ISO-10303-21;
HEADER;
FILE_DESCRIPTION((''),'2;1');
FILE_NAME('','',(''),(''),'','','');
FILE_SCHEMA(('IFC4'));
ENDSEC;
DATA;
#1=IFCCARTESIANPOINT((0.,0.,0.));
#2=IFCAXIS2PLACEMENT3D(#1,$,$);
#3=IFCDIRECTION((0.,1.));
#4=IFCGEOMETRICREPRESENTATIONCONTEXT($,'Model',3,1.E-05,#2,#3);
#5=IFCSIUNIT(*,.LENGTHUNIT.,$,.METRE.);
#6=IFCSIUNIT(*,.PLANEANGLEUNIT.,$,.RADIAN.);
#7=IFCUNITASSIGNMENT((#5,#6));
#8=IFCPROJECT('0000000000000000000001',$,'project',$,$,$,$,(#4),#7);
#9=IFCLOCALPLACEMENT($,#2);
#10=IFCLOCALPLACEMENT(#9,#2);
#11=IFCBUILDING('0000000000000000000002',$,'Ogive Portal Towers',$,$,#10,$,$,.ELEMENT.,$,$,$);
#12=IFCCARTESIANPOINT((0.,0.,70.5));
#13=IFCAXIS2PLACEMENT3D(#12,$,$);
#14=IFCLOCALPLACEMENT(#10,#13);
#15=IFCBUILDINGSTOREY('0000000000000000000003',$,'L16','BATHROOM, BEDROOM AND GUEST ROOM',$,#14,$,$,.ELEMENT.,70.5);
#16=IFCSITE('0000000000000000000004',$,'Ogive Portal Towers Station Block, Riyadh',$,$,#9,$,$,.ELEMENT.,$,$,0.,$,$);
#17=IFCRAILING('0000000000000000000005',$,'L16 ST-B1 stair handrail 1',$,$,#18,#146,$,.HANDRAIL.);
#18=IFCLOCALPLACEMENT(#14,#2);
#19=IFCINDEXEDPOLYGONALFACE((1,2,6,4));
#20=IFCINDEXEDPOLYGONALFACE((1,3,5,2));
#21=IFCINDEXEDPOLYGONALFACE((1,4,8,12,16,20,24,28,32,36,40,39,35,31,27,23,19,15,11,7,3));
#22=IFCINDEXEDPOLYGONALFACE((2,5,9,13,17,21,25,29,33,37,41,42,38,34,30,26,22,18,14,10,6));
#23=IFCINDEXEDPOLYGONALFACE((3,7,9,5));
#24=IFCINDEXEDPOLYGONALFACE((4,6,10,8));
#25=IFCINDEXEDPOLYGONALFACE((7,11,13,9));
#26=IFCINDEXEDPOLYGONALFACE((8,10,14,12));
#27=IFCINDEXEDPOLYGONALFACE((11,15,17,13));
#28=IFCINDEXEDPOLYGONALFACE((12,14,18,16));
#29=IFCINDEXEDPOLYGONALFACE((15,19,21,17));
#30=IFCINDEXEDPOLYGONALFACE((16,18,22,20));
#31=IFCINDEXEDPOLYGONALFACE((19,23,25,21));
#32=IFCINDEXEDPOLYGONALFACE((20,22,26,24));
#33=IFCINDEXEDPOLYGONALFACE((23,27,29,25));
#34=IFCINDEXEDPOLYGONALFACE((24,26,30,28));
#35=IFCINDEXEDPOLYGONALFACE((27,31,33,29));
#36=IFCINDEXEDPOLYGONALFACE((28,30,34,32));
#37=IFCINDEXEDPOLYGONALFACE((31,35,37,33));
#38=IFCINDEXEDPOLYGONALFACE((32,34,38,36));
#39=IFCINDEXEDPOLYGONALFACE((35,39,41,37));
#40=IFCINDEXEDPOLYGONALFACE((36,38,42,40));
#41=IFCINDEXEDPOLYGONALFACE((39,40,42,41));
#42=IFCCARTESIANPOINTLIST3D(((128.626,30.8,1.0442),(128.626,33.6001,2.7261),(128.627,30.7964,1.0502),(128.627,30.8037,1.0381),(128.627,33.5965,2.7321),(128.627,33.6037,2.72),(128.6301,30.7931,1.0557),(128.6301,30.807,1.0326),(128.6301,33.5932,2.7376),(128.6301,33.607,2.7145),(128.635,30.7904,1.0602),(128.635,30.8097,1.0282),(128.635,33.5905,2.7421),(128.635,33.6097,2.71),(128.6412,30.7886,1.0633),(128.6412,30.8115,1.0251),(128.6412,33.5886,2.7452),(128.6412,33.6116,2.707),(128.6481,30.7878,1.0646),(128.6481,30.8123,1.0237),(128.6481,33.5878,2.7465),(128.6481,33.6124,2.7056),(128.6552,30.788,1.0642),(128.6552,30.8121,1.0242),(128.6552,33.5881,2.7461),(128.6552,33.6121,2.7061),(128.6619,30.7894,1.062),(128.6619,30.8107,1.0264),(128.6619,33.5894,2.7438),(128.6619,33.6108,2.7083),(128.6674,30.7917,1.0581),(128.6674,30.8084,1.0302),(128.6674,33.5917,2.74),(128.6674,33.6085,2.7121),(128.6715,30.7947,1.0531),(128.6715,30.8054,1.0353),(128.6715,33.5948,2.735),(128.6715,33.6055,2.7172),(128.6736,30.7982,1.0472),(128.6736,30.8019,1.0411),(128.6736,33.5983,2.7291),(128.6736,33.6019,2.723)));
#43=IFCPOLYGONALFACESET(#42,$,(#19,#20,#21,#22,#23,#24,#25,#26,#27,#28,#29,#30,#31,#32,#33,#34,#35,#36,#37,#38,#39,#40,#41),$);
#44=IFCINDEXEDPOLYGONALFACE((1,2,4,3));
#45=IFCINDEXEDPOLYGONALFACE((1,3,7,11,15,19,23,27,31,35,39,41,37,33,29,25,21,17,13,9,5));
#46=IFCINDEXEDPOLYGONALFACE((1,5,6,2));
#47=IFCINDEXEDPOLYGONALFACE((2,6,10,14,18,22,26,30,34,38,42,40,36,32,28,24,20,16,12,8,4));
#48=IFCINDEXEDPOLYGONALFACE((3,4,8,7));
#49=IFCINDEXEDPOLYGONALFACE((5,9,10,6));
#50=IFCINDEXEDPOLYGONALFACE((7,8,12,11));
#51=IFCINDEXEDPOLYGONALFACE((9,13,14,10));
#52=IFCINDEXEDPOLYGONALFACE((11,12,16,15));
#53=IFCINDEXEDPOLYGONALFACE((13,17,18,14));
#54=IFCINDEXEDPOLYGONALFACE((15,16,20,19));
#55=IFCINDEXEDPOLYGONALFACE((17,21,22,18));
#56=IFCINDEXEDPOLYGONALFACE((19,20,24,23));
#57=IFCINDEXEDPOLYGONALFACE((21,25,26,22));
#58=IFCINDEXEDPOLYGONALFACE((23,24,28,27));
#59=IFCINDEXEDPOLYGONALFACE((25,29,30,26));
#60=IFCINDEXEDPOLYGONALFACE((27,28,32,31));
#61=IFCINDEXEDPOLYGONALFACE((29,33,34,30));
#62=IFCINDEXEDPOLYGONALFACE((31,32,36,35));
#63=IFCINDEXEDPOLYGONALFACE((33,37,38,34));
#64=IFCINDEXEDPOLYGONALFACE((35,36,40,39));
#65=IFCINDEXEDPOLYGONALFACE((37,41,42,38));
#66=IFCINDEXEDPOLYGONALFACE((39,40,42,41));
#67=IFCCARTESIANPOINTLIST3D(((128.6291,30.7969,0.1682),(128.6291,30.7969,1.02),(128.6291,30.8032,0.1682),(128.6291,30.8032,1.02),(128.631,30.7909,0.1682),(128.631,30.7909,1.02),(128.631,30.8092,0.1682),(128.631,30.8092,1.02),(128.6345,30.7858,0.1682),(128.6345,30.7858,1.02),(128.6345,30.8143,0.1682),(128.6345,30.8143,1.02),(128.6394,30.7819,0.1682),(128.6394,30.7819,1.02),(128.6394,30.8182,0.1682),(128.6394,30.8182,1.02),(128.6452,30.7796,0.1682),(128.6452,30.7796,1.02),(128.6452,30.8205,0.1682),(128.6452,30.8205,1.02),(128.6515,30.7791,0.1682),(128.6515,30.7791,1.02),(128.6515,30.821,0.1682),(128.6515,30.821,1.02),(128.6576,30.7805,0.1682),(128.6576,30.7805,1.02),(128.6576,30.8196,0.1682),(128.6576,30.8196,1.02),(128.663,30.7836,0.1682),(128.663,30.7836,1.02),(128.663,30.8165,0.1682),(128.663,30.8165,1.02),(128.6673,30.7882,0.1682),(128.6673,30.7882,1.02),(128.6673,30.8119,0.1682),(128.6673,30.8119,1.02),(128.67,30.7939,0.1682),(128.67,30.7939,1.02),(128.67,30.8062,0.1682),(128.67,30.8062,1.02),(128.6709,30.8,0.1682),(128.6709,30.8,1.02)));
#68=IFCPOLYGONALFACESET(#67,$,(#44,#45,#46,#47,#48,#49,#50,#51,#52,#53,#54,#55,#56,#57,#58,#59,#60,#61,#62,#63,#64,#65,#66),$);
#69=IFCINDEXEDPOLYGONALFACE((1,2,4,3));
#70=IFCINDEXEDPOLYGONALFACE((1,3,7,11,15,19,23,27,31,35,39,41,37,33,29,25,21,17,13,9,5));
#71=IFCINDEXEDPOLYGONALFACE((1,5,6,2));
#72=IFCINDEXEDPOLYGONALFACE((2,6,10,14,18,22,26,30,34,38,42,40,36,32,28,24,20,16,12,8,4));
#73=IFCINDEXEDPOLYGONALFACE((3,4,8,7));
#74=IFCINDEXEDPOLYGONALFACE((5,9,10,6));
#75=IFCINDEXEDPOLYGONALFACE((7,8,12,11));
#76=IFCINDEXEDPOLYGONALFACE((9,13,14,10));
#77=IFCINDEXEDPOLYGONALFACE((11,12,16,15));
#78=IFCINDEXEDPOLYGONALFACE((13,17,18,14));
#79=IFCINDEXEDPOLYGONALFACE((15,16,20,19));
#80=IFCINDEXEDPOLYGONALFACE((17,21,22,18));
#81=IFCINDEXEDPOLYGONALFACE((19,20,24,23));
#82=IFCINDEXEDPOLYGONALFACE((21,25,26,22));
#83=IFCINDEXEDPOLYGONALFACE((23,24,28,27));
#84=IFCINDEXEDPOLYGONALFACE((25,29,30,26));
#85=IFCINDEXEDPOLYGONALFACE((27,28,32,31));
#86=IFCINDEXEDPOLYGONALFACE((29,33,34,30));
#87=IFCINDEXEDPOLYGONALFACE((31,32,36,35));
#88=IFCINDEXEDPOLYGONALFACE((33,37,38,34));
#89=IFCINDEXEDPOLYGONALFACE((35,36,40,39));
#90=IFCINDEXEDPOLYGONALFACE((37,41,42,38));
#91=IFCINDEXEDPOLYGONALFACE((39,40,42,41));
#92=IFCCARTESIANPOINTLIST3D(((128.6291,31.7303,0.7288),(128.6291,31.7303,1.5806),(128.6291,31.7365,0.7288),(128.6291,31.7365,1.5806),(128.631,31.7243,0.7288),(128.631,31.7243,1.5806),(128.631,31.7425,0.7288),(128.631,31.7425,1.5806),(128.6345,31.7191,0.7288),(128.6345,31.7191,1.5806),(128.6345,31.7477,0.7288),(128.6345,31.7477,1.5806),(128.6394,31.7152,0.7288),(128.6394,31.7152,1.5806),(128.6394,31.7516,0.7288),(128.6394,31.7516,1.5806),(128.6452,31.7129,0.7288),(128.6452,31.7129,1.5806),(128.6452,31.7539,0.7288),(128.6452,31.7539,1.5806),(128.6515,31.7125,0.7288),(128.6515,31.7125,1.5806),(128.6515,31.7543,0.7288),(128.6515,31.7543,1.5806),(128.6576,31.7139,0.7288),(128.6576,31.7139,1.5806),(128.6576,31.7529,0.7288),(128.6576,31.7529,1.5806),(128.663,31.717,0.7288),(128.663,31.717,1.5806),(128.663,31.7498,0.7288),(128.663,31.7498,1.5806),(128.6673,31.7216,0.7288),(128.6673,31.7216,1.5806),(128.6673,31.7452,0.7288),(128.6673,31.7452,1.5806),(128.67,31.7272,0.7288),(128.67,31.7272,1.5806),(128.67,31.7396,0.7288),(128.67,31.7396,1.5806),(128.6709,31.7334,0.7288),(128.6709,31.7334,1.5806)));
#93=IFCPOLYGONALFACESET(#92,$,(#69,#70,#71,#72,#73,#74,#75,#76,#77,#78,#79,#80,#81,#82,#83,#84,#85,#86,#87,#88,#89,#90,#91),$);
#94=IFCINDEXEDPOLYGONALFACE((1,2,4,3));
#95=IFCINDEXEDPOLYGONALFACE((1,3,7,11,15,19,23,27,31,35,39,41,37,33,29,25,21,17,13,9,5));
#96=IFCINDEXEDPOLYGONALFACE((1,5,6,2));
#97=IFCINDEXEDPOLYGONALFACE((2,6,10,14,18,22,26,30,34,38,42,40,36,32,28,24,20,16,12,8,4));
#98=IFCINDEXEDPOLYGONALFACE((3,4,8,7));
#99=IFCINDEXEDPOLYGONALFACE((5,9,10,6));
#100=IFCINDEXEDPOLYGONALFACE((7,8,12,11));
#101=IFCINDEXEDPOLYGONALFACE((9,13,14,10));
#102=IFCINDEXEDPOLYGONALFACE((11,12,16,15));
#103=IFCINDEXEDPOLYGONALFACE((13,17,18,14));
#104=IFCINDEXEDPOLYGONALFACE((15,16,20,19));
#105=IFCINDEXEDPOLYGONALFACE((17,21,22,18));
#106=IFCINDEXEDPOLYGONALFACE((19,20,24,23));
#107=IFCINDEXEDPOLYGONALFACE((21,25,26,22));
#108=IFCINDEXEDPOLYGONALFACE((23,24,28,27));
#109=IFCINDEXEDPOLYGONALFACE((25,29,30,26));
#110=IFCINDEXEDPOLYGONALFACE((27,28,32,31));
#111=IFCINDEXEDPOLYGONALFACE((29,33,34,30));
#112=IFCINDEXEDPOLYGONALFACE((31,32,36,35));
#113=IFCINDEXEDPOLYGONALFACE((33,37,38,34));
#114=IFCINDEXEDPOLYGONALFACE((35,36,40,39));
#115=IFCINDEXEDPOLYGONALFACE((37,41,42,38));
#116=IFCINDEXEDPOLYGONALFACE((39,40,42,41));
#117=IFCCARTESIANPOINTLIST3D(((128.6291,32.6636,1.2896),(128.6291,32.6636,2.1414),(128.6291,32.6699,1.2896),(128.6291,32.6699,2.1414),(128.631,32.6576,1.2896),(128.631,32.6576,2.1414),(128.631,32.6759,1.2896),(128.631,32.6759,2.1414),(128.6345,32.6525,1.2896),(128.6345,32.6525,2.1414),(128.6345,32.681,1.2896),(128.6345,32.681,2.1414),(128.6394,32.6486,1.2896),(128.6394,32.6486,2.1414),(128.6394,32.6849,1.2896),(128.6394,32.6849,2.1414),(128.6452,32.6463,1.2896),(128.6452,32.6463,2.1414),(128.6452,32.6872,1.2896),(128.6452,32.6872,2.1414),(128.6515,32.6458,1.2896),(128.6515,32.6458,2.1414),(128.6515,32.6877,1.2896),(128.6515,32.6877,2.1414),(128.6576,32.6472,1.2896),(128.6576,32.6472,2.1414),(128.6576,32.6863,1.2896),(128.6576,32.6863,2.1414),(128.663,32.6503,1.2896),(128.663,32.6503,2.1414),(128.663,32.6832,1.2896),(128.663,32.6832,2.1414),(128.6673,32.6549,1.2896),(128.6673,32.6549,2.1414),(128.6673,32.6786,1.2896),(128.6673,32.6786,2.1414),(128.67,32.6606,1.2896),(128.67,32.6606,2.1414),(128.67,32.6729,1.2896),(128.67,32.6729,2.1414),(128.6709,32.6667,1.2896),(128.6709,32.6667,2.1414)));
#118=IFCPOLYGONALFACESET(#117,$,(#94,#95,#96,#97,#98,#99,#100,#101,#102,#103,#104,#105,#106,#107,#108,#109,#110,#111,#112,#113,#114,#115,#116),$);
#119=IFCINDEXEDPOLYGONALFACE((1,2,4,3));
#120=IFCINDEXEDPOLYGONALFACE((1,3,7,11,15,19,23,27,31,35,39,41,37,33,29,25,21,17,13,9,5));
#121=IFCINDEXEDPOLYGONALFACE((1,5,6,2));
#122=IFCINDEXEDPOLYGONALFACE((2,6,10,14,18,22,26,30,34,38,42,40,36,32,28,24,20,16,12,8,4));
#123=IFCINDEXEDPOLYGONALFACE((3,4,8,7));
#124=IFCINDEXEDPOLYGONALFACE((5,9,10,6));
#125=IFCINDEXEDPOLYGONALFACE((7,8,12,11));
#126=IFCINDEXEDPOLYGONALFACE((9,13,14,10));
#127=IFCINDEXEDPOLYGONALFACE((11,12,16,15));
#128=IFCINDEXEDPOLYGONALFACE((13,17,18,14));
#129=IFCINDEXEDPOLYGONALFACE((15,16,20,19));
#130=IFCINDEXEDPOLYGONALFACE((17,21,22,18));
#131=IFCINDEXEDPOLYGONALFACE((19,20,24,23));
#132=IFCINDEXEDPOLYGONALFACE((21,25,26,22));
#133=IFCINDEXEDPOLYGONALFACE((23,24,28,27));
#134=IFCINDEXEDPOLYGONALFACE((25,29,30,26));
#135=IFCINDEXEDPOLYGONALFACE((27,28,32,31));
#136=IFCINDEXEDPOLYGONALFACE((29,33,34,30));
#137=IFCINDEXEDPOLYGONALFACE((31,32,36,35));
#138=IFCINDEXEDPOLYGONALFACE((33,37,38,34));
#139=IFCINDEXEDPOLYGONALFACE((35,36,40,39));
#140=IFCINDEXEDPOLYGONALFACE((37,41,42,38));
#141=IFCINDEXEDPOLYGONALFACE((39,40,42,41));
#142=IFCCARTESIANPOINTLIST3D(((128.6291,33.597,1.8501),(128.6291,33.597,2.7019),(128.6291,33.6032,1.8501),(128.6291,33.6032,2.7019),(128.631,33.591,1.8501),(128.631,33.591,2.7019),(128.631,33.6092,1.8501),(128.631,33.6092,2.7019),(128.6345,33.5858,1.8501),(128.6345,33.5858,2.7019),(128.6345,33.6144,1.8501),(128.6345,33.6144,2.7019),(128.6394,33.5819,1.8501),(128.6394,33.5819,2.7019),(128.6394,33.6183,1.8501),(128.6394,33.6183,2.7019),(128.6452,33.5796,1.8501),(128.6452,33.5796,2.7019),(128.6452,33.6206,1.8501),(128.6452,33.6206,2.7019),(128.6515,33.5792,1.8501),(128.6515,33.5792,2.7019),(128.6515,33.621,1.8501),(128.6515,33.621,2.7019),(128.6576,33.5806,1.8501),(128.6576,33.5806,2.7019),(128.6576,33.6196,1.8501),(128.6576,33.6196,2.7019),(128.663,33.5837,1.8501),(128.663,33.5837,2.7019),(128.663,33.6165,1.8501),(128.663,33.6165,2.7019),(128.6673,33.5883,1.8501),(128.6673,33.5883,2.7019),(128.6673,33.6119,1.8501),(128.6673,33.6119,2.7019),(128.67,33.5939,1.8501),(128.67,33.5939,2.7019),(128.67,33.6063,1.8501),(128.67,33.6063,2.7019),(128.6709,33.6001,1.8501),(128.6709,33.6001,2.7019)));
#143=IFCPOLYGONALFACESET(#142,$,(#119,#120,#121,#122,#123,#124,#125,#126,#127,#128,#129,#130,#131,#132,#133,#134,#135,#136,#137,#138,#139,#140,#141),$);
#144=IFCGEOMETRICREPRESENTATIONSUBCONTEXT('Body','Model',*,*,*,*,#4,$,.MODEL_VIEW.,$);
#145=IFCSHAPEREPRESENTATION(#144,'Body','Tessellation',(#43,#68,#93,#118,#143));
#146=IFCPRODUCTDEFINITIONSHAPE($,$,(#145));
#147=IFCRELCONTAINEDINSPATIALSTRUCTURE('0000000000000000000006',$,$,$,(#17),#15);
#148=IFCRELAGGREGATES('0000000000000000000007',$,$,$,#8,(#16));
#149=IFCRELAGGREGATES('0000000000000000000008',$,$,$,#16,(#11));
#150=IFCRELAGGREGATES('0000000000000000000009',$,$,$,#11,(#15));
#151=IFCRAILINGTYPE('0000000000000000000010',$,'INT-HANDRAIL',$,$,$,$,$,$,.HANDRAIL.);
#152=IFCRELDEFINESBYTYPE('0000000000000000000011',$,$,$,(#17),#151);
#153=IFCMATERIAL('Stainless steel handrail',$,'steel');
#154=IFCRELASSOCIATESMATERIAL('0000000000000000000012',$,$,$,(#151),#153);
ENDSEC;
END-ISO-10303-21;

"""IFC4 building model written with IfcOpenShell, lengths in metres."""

from ifc_helpers import new_model, si_unit, direction, frame, origin, origin_2d, place, context, subcontext, project, spatial, circle, extrude, material, type_object, element, save


model = new_model("IFC4")

# Units and contexts
model_context = context("Model", 3, precision=1e-05, world=origin(), true_north=direction((0.0, 1.0)))
body_context = subcontext(model_context, "Body", "Model", "MODEL_VIEW")
ifc_project = project(units=[si_unit("LENGTHUNIT", "METRE"), si_unit("PLANEANGLEUNIT", "RADIAN")], contexts=[model_context])

# Site, building, storey
site_placement = place(None, origin())
site = spatial("IfcSite", under=ifc_project, at=site_placement, Name="Ogive Portal Towers Station Block, Riyadh", CompositionType="ELEMENT", RefElevation=0.0)
building_placement = place(site_placement, origin())
building = spatial("IfcBuilding", under=site, at=building_placement, Name="Ogive Portal Towers", CompositionType="ELEMENT")
storey_placement = place(building_placement, frame((0.0, 0.0, 70.5)))
storey = spatial("IfcBuildingStorey", under=building, at=storey_placement, Name="L16", Description="BATHROOM, BEDROOM AND GUEST ROOM", CompositionType="ELEMENT", Elevation=70.5)

# Railing
ifc_material_1 = material(Name="Stainless steel handrail", Category="steel")
railing_type_1 = type_object("IfcRailingType", Name="INT-HANDRAIL", PredefinedType="HANDRAIL", material=ifc_material_1)
railing_1_placement = place(storey_placement, frame((128.6499, 30.8, 0.1682)))
element("IfcRailing", 1, at=railing_1_placement, inside=storey, type_object=railing_type_1, Name="L16 ST-B1 stair handrail 1", PredefinedType="HANDRAIL", context=body_context, shape_type="SweptSolid", body=[
    extrude(circle(Radius=0.0239, at=origin_2d()), frame((0.0, 0.0, 0.876), z_axis=(0.0, 0.857242, 0.514913), x_axis=(-1.0, 0.0, 0.0)), (0.0, 0.0, 1.0), 3.2664),
    extrude(circle(Radius=0.021, at=origin_2d()), origin(), (0.0, 0.0, 1.0), 0.8518),
    extrude(circle(Radius=0.021, at=origin_2d()), frame((0.0, 0.9333, 0.5605)), (0.0, 0.0, 1.0), 0.8518),
    extrude(circle(Radius=0.021, at=origin_2d()), frame((0.0, 1.8667, 1.1213)), (0.0, 0.0, 1.0), 0.8518),
    extrude(circle(Radius=0.021, at=origin_2d()), frame((0.0, 2.8, 1.6819)), (0.0, 0.0, 1.0), 0.8518),
])

save(model, "model.ifc")
